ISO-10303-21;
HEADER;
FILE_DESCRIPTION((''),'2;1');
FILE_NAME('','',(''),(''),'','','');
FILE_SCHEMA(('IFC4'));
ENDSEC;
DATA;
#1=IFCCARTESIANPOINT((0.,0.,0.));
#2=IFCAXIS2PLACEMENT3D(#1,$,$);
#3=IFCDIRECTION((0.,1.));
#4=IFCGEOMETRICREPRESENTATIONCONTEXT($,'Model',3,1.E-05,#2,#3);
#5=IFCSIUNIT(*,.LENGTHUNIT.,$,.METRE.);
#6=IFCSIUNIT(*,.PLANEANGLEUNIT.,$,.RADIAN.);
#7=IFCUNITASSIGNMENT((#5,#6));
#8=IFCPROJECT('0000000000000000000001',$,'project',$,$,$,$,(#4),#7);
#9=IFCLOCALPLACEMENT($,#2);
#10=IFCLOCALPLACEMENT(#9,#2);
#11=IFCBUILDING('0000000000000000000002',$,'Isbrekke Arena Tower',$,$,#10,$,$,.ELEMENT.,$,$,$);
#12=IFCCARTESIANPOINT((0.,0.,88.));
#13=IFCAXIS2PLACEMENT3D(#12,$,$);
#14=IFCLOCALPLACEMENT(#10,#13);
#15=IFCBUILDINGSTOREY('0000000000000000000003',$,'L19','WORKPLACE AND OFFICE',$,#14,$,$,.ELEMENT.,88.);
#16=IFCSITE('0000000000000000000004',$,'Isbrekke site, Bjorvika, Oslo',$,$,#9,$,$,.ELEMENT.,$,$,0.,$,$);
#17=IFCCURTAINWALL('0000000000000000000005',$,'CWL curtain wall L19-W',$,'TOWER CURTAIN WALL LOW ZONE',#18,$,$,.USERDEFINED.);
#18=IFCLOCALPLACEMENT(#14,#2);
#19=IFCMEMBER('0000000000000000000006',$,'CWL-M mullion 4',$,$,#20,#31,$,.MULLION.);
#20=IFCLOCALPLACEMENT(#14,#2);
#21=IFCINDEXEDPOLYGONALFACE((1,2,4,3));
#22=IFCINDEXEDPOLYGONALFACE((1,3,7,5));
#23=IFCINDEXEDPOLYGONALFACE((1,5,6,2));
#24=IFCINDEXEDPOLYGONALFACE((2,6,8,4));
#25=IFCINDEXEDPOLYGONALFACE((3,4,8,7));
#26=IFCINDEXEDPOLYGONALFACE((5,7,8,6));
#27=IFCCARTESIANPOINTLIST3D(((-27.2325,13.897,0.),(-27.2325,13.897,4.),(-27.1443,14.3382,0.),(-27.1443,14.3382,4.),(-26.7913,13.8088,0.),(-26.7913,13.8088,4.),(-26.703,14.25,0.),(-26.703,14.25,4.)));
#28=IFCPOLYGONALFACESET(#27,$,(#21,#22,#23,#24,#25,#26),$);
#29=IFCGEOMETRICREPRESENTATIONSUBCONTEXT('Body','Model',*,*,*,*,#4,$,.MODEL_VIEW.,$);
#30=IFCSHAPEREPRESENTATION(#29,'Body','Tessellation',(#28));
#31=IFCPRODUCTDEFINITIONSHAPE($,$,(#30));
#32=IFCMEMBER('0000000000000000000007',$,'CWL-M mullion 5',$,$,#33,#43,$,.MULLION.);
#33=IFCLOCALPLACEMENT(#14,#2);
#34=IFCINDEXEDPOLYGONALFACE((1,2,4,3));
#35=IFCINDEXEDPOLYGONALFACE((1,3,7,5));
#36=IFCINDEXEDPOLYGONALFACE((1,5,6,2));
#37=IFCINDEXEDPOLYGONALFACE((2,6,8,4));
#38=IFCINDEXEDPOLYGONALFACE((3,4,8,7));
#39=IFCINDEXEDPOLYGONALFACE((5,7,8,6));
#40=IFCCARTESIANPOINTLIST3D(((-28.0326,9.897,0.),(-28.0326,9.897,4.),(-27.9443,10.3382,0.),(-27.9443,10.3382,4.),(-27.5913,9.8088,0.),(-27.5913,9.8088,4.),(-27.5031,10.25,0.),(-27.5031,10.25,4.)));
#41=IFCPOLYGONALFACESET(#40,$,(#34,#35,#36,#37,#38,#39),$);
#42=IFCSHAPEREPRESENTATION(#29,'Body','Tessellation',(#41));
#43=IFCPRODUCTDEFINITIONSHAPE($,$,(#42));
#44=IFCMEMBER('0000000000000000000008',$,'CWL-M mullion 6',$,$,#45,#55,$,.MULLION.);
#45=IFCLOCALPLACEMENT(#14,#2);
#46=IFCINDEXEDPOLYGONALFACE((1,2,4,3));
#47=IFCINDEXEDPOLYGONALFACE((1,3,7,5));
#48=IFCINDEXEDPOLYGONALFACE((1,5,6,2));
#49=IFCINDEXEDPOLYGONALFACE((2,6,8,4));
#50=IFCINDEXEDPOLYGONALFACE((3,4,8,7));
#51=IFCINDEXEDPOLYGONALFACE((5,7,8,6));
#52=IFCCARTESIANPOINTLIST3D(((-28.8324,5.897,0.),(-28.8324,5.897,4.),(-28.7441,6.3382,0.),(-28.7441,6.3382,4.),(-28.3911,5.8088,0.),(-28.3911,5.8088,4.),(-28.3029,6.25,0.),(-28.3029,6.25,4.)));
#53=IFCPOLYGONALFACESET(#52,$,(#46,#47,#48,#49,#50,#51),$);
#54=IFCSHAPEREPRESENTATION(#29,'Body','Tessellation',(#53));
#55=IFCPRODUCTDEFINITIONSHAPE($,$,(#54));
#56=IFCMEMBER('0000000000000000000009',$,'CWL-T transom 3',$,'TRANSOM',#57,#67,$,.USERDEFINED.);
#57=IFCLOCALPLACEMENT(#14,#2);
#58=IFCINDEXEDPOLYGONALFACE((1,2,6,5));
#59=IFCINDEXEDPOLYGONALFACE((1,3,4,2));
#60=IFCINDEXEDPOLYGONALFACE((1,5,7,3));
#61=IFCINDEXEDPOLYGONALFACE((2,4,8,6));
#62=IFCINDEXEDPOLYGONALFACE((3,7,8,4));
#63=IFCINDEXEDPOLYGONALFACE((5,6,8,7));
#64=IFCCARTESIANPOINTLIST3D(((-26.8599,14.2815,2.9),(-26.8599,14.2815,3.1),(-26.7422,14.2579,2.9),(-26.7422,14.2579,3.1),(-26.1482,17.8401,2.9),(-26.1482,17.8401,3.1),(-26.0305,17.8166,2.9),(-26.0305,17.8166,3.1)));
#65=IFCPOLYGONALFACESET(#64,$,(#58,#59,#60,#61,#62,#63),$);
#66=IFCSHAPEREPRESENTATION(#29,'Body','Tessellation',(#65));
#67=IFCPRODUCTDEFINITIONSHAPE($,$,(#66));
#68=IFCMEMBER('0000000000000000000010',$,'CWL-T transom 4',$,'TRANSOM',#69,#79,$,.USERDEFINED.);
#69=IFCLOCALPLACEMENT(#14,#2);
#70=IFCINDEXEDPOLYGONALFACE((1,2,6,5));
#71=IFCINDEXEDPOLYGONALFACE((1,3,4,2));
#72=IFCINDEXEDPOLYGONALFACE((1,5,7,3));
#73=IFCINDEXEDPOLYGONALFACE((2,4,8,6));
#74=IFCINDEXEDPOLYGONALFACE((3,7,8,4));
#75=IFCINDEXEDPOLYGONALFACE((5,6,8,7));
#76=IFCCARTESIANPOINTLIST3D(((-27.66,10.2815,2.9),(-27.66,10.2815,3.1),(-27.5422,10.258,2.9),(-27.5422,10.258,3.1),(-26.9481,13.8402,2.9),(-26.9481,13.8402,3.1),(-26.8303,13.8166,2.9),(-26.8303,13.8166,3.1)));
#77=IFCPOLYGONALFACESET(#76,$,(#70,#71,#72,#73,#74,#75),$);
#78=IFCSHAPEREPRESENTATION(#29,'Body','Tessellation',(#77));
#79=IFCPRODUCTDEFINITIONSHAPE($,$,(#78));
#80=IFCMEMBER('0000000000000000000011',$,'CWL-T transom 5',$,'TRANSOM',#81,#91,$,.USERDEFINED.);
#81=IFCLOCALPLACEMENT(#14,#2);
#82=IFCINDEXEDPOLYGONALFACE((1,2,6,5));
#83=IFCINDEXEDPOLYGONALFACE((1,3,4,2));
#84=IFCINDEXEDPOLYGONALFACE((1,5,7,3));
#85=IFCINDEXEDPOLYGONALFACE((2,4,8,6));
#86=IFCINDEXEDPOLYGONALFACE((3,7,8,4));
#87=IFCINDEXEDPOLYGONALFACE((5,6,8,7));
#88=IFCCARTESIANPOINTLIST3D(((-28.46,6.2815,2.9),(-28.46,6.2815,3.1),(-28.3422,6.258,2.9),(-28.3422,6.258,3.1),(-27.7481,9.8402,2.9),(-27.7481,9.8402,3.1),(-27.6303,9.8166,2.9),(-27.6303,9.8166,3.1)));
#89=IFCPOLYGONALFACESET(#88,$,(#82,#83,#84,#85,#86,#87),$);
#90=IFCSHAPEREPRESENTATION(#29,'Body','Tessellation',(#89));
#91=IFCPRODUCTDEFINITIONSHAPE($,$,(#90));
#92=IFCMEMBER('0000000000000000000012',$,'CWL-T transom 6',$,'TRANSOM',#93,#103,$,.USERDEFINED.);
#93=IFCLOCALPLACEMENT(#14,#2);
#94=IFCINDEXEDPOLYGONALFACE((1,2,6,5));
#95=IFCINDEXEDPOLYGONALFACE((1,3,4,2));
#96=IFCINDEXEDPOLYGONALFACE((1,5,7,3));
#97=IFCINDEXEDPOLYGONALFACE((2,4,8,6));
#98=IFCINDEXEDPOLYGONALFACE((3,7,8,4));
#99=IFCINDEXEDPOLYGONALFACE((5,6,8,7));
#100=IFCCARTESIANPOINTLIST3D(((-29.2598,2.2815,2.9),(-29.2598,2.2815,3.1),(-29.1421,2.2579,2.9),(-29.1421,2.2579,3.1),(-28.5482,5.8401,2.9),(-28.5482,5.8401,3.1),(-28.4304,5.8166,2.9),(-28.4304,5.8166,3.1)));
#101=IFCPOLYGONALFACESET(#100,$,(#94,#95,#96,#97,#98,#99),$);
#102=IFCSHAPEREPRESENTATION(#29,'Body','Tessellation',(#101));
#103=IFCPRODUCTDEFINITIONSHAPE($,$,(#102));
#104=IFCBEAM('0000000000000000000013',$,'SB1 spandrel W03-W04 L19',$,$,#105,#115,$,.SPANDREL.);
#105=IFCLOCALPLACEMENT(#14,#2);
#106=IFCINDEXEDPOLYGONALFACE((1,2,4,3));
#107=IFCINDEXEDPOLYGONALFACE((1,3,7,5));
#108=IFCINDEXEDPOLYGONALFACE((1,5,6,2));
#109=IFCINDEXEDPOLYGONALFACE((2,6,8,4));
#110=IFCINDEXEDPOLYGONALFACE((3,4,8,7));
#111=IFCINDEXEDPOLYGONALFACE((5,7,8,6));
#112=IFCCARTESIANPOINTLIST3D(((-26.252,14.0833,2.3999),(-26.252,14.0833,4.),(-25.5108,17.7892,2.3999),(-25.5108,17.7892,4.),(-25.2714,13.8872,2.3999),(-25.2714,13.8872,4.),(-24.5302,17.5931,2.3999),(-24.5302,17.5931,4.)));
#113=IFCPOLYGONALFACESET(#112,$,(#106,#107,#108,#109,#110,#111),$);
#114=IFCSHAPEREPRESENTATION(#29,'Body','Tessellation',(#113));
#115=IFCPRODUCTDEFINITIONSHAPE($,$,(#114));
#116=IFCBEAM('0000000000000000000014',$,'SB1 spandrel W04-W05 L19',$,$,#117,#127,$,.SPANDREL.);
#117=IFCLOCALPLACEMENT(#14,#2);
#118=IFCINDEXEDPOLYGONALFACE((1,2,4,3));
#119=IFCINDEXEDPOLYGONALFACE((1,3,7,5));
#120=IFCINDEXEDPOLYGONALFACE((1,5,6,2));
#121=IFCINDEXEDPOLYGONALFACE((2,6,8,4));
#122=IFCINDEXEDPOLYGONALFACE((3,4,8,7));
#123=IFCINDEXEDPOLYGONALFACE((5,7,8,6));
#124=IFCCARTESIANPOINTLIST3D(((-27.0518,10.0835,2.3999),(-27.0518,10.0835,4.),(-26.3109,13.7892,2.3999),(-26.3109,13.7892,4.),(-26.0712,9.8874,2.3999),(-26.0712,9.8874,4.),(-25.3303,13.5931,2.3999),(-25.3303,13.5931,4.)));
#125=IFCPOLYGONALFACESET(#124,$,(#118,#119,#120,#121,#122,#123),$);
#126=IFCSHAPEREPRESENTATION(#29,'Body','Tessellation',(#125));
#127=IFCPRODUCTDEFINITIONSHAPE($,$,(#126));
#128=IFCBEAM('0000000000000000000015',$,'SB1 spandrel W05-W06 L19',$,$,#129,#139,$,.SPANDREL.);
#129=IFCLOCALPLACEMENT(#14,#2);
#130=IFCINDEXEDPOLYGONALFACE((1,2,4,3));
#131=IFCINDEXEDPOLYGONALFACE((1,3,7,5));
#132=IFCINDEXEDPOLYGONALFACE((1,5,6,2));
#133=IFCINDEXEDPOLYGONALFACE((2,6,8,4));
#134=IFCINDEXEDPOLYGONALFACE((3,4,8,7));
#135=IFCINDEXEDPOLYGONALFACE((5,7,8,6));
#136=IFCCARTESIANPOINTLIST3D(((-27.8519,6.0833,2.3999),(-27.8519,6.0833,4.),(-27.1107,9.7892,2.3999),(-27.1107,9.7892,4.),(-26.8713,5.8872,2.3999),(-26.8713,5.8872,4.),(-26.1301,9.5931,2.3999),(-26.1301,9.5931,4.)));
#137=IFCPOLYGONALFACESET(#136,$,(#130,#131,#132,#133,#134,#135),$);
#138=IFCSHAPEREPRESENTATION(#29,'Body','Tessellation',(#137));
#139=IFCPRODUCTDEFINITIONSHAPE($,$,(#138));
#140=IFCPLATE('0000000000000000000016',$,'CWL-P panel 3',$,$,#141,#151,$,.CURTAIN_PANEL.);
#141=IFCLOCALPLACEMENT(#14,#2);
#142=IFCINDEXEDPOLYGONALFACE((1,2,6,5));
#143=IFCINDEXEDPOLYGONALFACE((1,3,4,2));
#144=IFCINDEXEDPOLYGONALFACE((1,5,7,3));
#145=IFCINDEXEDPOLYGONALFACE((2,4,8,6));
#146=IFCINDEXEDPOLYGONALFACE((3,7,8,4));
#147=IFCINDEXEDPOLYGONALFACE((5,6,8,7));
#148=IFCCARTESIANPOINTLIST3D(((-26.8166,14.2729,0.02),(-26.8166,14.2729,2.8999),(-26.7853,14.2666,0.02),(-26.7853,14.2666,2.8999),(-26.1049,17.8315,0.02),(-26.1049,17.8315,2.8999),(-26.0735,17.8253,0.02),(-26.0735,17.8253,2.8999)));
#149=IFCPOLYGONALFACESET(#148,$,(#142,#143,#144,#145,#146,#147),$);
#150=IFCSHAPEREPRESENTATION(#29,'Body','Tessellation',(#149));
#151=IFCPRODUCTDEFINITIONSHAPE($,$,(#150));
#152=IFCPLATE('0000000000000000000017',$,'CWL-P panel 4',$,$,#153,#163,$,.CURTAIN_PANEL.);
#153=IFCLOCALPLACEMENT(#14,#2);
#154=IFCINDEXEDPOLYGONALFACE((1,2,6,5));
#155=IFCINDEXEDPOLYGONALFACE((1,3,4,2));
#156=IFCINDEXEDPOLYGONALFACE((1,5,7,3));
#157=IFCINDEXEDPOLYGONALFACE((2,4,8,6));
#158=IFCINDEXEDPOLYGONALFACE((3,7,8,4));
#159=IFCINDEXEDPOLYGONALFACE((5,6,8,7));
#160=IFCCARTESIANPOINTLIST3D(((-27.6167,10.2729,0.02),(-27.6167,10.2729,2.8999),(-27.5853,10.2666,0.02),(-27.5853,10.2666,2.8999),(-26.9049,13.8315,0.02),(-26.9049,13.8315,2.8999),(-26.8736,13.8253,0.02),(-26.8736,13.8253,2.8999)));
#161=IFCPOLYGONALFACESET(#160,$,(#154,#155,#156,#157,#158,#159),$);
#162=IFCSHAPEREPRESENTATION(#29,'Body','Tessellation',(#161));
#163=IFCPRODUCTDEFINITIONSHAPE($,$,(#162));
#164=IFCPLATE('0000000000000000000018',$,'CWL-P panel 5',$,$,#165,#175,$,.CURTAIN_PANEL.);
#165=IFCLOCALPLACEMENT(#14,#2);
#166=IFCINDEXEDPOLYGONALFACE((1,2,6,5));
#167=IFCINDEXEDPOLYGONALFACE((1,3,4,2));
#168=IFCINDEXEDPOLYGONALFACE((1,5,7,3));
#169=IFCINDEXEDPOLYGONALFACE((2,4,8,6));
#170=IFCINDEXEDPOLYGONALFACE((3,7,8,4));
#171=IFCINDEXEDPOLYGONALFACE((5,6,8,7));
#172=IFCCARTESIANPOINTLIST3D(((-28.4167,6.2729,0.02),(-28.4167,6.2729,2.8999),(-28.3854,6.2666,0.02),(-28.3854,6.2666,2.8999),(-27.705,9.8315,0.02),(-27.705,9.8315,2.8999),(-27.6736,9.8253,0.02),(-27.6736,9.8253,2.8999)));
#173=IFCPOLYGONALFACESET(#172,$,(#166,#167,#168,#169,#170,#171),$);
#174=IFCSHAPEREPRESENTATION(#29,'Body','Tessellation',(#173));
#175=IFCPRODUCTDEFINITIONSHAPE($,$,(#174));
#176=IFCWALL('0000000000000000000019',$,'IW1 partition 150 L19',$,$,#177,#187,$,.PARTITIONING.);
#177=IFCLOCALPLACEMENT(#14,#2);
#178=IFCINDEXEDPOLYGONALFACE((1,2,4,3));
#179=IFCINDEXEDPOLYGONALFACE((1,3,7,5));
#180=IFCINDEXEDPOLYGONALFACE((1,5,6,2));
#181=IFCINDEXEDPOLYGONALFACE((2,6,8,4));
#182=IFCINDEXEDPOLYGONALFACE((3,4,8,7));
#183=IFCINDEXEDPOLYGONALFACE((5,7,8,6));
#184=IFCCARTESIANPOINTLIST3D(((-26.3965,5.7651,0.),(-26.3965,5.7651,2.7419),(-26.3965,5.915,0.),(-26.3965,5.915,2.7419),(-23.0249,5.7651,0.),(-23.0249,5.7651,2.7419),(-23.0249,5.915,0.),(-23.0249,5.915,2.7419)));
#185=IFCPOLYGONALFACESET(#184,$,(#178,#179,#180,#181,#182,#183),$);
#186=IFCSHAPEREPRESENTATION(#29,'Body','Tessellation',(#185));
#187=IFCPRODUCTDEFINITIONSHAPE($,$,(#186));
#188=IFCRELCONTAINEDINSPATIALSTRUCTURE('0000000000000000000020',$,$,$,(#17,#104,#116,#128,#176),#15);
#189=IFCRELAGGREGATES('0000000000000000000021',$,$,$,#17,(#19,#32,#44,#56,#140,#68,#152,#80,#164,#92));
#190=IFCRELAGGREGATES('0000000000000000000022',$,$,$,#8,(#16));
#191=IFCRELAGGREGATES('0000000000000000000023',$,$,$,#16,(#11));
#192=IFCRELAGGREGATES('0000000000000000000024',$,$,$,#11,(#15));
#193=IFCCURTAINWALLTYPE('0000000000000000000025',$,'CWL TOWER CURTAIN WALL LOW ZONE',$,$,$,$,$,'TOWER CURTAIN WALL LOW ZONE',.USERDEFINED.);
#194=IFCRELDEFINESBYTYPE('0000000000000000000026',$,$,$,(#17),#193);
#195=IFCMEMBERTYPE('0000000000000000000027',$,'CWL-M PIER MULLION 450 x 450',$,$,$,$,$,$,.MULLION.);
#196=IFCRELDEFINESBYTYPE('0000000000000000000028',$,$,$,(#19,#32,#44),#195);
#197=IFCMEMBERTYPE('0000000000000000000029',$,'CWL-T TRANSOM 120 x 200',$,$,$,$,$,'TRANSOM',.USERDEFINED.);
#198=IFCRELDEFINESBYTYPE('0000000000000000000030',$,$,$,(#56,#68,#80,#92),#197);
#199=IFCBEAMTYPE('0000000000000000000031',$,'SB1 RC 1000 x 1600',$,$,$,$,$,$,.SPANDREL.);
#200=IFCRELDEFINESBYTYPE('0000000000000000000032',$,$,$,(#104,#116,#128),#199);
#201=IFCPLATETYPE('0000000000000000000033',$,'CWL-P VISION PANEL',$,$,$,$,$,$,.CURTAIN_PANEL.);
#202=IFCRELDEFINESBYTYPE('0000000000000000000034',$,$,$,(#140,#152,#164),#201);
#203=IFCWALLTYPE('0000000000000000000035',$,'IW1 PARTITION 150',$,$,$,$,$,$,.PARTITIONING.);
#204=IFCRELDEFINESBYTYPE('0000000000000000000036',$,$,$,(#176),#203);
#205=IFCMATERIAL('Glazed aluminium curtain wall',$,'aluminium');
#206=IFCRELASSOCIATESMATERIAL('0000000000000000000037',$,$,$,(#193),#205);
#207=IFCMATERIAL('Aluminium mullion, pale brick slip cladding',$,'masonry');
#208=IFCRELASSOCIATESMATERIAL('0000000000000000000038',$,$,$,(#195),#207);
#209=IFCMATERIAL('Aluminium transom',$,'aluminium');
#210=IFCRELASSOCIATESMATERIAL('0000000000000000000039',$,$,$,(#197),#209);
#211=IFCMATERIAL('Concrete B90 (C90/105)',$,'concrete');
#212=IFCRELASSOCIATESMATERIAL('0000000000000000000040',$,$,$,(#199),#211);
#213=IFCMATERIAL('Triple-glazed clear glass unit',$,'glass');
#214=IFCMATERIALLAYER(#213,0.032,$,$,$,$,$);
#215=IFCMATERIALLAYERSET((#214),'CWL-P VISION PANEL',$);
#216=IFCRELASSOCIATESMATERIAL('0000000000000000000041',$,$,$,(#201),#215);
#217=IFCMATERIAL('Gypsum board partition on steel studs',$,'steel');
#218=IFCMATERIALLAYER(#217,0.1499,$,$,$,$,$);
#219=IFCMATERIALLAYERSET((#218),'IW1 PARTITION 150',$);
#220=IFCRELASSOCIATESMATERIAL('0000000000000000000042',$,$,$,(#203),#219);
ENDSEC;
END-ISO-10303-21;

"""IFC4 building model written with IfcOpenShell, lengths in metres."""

from ifc_helpers import new_model, si_unit, direction, frame, frame_2d, origin, origin_2d, place, context, subcontext, project, spatial, rectangle, extrude, material, layer, layer_set, material_profile, profile_set, type_object, element, aggregate, save


model = new_model("IFC4")

# Units and contexts
model_context = context("Model", 3, precision=1e-05, world=origin(), true_north=direction((0.0, 1.0)))
body_context = subcontext(model_context, "Body", "Model", "MODEL_VIEW")
ifc_project = project(units=[si_unit("LENGTHUNIT", "METRE"), si_unit("PLANEANGLEUNIT", "RADIAN")], contexts=[model_context])

# Site, building, storey
site_placement = place(None, origin())
site = spatial("IfcSite", under=ifc_project, at=site_placement, Name="Isbrekke site, Bjorvika, Oslo", CompositionType="ELEMENT", RefElevation=0.0)
building_placement = place(site_placement, origin())
building = spatial("IfcBuilding", under=site, at=building_placement, Name="Isbrekke Arena Tower", CompositionType="ELEMENT")
storey_placement = place(building_placement, frame((0.0, 0.0, 88.0)))
storey = spatial("IfcBuildingStorey", under=building, at=storey_placement, Name="L19", Description="WORKPLACE AND OFFICE", CompositionType="ELEMENT", Elevation=88.0)

# Curtain wall, members
ifc_material_1 = material(Name="Glazed aluminium curtain wall", Category="aluminium")
curtain_wall_type = type_object("IfcCurtainWallType", Name="CWL TOWER CURTAIN WALL LOW ZONE", ElementType="TOWER CURTAIN WALL LOW ZONE", PredefinedType="USERDEFINED", material=ifc_material_1)
curtain_wall_placement = place(storey_placement, origin())
curtain_wall = element("IfcCurtainWall", 1, at=curtain_wall_placement, inside=storey, type_object=curtain_wall_type, Name="CWL curtain wall L19-W", ObjectType="TOWER CURTAIN WALL LOW ZONE", PredefinedType="USERDEFINED")
ifc_material_2 = material(Name="Aluminium mullion, pale brick slip cladding", Category="masonry")
ifc_material_profile_1 = material_profile(ifc_material_2, rectangle(XDim=0.45, YDim=0.45, at=origin_2d()), Name="PIER 450X450")
ifc_profile_set_1 = profile_set([ifc_material_profile_1], Name="Aluminium mullion, pale brick slip cladding")
member_type_1 = type_object("IfcMemberType", Name="CWL-M PIER MULLION 450 x 450", PredefinedType="MULLION", material=ifc_profile_set_1)
member_1_placement = place(storey_placement, frame((-26.9678, 14.0735, 0.0), z_axis=(0.0, 0.0, 1.0), x_axis=(-0.196116, -0.980581, 0.0)))
member_1 = element("IfcMember", 2, at=member_1_placement, type_object=member_type_1, Name="CWL-M mullion 4", PredefinedType="MULLION", context=body_context, shape_type="SweptSolid", body=[
    extrude(rectangle(XDim=0.45, YDim=0.45, at=origin_2d()), origin(), (0.0, 0.0, 1.0), 4.0),
])
member_2_placement = place(storey_placement, frame((-27.7678, 10.0735, 0.0), z_axis=(0.0, 0.0, 1.0), x_axis=(-0.196116, -0.980581, 0.0)))
member_2 = element("IfcMember", 3, at=member_2_placement, type_object=member_type_1, Name="CWL-M mullion 5", PredefinedType="MULLION", context=body_context, shape_type="SweptSolid", body=[
    extrude(rectangle(XDim=0.45, YDim=0.45, at=origin_2d()), origin(), (0.0, 0.0, 1.0), 4.0),
])
member_3_placement = place(storey_placement, frame((-28.5676, 6.0735, 0.0), z_axis=(0.0, 0.0, 1.0), x_axis=(-0.196116, -0.980581, 0.0)))
member_3 = element("IfcMember", 4, at=member_3_placement, type_object=member_type_1, Name="CWL-M mullion 6", PredefinedType="MULLION", context=body_context, shape_type="SweptSolid", body=[
    extrude(rectangle(XDim=0.45, YDim=0.45, at=origin_2d()), origin(), (0.0, 0.0, 1.0), 4.0),
])
ifc_material_3 = material(Name="Aluminium transom", Category="aluminium")
ifc_material_profile_2 = material_profile(ifc_material_3, rectangle(XDim=0.1201, YDim=0.2, at=origin_2d()), Name="TRANSOM 120X200")
ifc_profile_set_2 = profile_set([ifc_material_profile_2], Name="Aluminium transom")
member_type_2 = type_object("IfcMemberType", Name="CWL-T TRANSOM 120 x 200", ElementType="TRANSOM", PredefinedType="USERDEFINED", material=ifc_profile_set_2)
member_4_placement = place(storey_placement, frame((-26.0894, 17.8284, 3.0), z_axis=(-0.196103, -0.980583, 0.0), x_axis=(0.980583, -0.196103, 0.0)))
member_4 = element("IfcMember", 5, at=member_4_placement, type_object=member_type_2, Name="CWL-T transom 3", ObjectType="TRANSOM", PredefinedType="USERDEFINED", context=body_context, shape_type="SweptSolid", body=[
    extrude(rectangle(XDim=0.1201, YDim=0.2, at=origin_2d()), origin(), (0.0, 0.0, 1.0), 3.6292),
])
member_5_placement = place(storey_placement, frame((-26.8892, 13.8284, 3.0), z_axis=(-0.196168, -0.98057, 0.0), x_axis=(0.98057, -0.196168, 0.0)))
member_5 = element("IfcMember", 6, at=member_5_placement, type_object=member_type_2, Name="CWL-T transom 4", ObjectType="TRANSOM", PredefinedType="USERDEFINED", context=body_context, shape_type="SweptSolid", body=[
    extrude(rectangle(XDim=0.1201, YDim=0.2, at=origin_2d()), origin(), (0.0, 0.0, 1.0), 3.6292),
])
member_6_placement = place(storey_placement, frame((-27.6892, 9.8284, 3.0), z_axis=(-0.196168, -0.98057, 0.0), x_axis=(0.98057, -0.196168, 0.0)))
member_6 = element("IfcMember", 7, at=member_6_placement, type_object=member_type_2, Name="CWL-T transom 5", ObjectType="TRANSOM", PredefinedType="USERDEFINED", context=body_context, shape_type="SweptSolid", body=[
    extrude(rectangle(XDim=0.1201, YDim=0.2, at=origin_2d()), origin(), (0.0, 0.0, 1.0), 3.6292),
])
member_7_placement = place(storey_placement, frame((-28.4893, 5.8284, 3.0), z_axis=(-0.196103, -0.980583, 0.0), x_axis=(0.980583, -0.196103, 0.0)))
member_7 = element("IfcMember", 8, at=member_7_placement, type_object=member_type_2, Name="CWL-T transom 6", ObjectType="TRANSOM", PredefinedType="USERDEFINED", context=body_context, shape_type="SweptSolid", body=[
    extrude(rectangle(XDim=0.1201, YDim=0.2, at=origin_2d()), origin(), (0.0, 0.0, 1.0), 3.6292),
])

# Beams
ifc_material_4 = material(Name="Concrete B90 (C90/105)", Category="concrete")
ifc_material_profile_3 = material_profile(ifc_material_4, rectangle(XDim=1.0, YDim=1.6001, at=origin_2d()), Name="RC 1000x1600")
ifc_profile_set_3 = profile_set([ifc_material_profile_3], Name="Concrete B90 (C90/105)")
beam_type_1 = type_object("IfcBeamType", Name="SB1 RC 1000 x 1600", PredefinedType="SPANDREL", material=ifc_profile_set_3)
beam_1_placement = place(storey_placement, frame((-25.0205, 17.6912, 3.2), z_axis=(-0.196129, -0.980578, 0.0), x_axis=(0.980578, -0.196129, 0.0)))
element("IfcBeam", 9, at=beam_1_placement, inside=storey, type_object=beam_type_1, Name="SB1 spandrel W03-W04 L19", PredefinedType="SPANDREL", context=body_context, shape_type="SweptSolid", body=[
    extrude(rectangle(XDim=1.0, YDim=1.6001, at=origin_2d()), origin(), (0.0, 0.0, 1.0), 3.7793),
])
beam_2_placement = place(storey_placement, frame((-25.8206, 13.6912, 3.2), z_axis=(-0.196066, -0.980591, 0.0), x_axis=(0.980591, -0.196066, 0.0)))
element("IfcBeam", 10, at=beam_2_placement, inside=storey, type_object=beam_type_1, Name="SB1 spandrel W04-W05 L19", PredefinedType="SPANDREL", context=body_context, shape_type="SweptSolid", body=[
    extrude(rectangle(XDim=1.0, YDim=1.6001, at=origin_2d()), origin(), (0.0, 0.0, 1.0), 3.7791),
])
beam_3_placement = place(storey_placement, frame((-26.6204, 9.6912, 3.2), z_axis=(-0.196129, -0.980578, 0.0), x_axis=(0.980578, -0.196129, 0.0)))
element("IfcBeam", 11, at=beam_3_placement, inside=storey, type_object=beam_type_1, Name="SB1 spandrel W05-W06 L19", PredefinedType="SPANDREL", context=body_context, shape_type="SweptSolid", body=[
    extrude(rectangle(XDim=1.0, YDim=1.6001, at=origin_2d()), origin(), (0.0, 0.0, 1.0), 3.7793),
])

# Plates
ifc_material_5 = material(Name="Triple-glazed clear glass unit", Category="glass")
ifc_layer_1 = layer(ifc_material_5, 0.032)
ifc_layer_set_1 = layer_set([ifc_layer_1], Name="CWL-P VISION PANEL")
plate_type = type_object("IfcPlateType", Name="CWL-P VISION PANEL", PredefinedType="CURTAIN_PANEL", material=ifc_layer_set_1)
plate_1_placement = place(storey_placement, frame((-26.4451, 16.0491, 0.02), z_axis=(0.0, 0.0, 1.0), x_axis=(-0.196116, -0.980581, 0.0)))
plate_1 = element("IfcPlate", 12, at=plate_1_placement, type_object=plate_type, Name="CWL-P panel 3", PredefinedType="CURTAIN_PANEL", context=body_context, shape_type="SweptSolid", body=[
    extrude(rectangle(XDim=3.6292, YDim=0.032, at=origin_2d()), origin(), (0.0, 0.0, 1.0), 2.8799),
])
plate_2_placement = place(storey_placement, frame((-27.2451, 12.0491, 0.02), z_axis=(0.0, 0.0, 1.0), x_axis=(-0.196116, -0.980581, 0.0)))
plate_2 = element("IfcPlate", 13, at=plate_2_placement, type_object=plate_type, Name="CWL-P panel 4", PredefinedType="CURTAIN_PANEL", context=body_context, shape_type="SweptSolid", body=[
    extrude(rectangle(XDim=3.6292, YDim=0.032, at=origin_2d()), origin(), (0.0, 0.0, 1.0), 2.8799),
])
plate_3_placement = place(storey_placement, frame((-28.0452, 8.0491, 0.02), z_axis=(0.0, 0.0, 1.0), x_axis=(-0.196116, -0.980581, 0.0)))
plate_3 = element("IfcPlate", 14, at=plate_3_placement, type_object=plate_type, Name="CWL-P panel 5", PredefinedType="CURTAIN_PANEL", context=body_context, shape_type="SweptSolid", body=[
    extrude(rectangle(XDim=3.6292, YDim=0.032, at=origin_2d()), origin(), (0.0, 0.0, 1.0), 2.8799),
])
aggregate(curtain_wall, [member_1, member_2, member_3, member_4, plate_1, member_5, plate_2, member_6, plate_3, member_7])

# Wall
ifc_material_6 = material(Name="Gypsum board partition on steel studs", Category="steel")
ifc_layer_2 = layer(ifc_material_6, 0.1499)
ifc_layer_set_2 = layer_set([ifc_layer_2], Name="IW1 PARTITION 150")
wall_type = type_object("IfcWallType", Name="IW1 PARTITION 150", PredefinedType="PARTITIONING", material=ifc_layer_set_2)
wall_1_placement = place(storey_placement, frame((-26.3965, 5.8401, 0.0), z_axis=(0.0, 0.0, 1.0), x_axis=(1.0, 0.0, 0.0)))
element("IfcWall", 15, at=wall_1_placement, inside=storey, type_object=wall_type, Name="IW1 partition 150 L19", PredefinedType="PARTITIONING", context=body_context, shape_type="SweptSolid", body=[
    extrude(rectangle(XDim=3.3716, YDim=0.1499, at=frame_2d((1.6858, 0.0))), origin(), (0.0, 0.0, 1.0), 2.7419),
])

save(model, "model.ifc")
